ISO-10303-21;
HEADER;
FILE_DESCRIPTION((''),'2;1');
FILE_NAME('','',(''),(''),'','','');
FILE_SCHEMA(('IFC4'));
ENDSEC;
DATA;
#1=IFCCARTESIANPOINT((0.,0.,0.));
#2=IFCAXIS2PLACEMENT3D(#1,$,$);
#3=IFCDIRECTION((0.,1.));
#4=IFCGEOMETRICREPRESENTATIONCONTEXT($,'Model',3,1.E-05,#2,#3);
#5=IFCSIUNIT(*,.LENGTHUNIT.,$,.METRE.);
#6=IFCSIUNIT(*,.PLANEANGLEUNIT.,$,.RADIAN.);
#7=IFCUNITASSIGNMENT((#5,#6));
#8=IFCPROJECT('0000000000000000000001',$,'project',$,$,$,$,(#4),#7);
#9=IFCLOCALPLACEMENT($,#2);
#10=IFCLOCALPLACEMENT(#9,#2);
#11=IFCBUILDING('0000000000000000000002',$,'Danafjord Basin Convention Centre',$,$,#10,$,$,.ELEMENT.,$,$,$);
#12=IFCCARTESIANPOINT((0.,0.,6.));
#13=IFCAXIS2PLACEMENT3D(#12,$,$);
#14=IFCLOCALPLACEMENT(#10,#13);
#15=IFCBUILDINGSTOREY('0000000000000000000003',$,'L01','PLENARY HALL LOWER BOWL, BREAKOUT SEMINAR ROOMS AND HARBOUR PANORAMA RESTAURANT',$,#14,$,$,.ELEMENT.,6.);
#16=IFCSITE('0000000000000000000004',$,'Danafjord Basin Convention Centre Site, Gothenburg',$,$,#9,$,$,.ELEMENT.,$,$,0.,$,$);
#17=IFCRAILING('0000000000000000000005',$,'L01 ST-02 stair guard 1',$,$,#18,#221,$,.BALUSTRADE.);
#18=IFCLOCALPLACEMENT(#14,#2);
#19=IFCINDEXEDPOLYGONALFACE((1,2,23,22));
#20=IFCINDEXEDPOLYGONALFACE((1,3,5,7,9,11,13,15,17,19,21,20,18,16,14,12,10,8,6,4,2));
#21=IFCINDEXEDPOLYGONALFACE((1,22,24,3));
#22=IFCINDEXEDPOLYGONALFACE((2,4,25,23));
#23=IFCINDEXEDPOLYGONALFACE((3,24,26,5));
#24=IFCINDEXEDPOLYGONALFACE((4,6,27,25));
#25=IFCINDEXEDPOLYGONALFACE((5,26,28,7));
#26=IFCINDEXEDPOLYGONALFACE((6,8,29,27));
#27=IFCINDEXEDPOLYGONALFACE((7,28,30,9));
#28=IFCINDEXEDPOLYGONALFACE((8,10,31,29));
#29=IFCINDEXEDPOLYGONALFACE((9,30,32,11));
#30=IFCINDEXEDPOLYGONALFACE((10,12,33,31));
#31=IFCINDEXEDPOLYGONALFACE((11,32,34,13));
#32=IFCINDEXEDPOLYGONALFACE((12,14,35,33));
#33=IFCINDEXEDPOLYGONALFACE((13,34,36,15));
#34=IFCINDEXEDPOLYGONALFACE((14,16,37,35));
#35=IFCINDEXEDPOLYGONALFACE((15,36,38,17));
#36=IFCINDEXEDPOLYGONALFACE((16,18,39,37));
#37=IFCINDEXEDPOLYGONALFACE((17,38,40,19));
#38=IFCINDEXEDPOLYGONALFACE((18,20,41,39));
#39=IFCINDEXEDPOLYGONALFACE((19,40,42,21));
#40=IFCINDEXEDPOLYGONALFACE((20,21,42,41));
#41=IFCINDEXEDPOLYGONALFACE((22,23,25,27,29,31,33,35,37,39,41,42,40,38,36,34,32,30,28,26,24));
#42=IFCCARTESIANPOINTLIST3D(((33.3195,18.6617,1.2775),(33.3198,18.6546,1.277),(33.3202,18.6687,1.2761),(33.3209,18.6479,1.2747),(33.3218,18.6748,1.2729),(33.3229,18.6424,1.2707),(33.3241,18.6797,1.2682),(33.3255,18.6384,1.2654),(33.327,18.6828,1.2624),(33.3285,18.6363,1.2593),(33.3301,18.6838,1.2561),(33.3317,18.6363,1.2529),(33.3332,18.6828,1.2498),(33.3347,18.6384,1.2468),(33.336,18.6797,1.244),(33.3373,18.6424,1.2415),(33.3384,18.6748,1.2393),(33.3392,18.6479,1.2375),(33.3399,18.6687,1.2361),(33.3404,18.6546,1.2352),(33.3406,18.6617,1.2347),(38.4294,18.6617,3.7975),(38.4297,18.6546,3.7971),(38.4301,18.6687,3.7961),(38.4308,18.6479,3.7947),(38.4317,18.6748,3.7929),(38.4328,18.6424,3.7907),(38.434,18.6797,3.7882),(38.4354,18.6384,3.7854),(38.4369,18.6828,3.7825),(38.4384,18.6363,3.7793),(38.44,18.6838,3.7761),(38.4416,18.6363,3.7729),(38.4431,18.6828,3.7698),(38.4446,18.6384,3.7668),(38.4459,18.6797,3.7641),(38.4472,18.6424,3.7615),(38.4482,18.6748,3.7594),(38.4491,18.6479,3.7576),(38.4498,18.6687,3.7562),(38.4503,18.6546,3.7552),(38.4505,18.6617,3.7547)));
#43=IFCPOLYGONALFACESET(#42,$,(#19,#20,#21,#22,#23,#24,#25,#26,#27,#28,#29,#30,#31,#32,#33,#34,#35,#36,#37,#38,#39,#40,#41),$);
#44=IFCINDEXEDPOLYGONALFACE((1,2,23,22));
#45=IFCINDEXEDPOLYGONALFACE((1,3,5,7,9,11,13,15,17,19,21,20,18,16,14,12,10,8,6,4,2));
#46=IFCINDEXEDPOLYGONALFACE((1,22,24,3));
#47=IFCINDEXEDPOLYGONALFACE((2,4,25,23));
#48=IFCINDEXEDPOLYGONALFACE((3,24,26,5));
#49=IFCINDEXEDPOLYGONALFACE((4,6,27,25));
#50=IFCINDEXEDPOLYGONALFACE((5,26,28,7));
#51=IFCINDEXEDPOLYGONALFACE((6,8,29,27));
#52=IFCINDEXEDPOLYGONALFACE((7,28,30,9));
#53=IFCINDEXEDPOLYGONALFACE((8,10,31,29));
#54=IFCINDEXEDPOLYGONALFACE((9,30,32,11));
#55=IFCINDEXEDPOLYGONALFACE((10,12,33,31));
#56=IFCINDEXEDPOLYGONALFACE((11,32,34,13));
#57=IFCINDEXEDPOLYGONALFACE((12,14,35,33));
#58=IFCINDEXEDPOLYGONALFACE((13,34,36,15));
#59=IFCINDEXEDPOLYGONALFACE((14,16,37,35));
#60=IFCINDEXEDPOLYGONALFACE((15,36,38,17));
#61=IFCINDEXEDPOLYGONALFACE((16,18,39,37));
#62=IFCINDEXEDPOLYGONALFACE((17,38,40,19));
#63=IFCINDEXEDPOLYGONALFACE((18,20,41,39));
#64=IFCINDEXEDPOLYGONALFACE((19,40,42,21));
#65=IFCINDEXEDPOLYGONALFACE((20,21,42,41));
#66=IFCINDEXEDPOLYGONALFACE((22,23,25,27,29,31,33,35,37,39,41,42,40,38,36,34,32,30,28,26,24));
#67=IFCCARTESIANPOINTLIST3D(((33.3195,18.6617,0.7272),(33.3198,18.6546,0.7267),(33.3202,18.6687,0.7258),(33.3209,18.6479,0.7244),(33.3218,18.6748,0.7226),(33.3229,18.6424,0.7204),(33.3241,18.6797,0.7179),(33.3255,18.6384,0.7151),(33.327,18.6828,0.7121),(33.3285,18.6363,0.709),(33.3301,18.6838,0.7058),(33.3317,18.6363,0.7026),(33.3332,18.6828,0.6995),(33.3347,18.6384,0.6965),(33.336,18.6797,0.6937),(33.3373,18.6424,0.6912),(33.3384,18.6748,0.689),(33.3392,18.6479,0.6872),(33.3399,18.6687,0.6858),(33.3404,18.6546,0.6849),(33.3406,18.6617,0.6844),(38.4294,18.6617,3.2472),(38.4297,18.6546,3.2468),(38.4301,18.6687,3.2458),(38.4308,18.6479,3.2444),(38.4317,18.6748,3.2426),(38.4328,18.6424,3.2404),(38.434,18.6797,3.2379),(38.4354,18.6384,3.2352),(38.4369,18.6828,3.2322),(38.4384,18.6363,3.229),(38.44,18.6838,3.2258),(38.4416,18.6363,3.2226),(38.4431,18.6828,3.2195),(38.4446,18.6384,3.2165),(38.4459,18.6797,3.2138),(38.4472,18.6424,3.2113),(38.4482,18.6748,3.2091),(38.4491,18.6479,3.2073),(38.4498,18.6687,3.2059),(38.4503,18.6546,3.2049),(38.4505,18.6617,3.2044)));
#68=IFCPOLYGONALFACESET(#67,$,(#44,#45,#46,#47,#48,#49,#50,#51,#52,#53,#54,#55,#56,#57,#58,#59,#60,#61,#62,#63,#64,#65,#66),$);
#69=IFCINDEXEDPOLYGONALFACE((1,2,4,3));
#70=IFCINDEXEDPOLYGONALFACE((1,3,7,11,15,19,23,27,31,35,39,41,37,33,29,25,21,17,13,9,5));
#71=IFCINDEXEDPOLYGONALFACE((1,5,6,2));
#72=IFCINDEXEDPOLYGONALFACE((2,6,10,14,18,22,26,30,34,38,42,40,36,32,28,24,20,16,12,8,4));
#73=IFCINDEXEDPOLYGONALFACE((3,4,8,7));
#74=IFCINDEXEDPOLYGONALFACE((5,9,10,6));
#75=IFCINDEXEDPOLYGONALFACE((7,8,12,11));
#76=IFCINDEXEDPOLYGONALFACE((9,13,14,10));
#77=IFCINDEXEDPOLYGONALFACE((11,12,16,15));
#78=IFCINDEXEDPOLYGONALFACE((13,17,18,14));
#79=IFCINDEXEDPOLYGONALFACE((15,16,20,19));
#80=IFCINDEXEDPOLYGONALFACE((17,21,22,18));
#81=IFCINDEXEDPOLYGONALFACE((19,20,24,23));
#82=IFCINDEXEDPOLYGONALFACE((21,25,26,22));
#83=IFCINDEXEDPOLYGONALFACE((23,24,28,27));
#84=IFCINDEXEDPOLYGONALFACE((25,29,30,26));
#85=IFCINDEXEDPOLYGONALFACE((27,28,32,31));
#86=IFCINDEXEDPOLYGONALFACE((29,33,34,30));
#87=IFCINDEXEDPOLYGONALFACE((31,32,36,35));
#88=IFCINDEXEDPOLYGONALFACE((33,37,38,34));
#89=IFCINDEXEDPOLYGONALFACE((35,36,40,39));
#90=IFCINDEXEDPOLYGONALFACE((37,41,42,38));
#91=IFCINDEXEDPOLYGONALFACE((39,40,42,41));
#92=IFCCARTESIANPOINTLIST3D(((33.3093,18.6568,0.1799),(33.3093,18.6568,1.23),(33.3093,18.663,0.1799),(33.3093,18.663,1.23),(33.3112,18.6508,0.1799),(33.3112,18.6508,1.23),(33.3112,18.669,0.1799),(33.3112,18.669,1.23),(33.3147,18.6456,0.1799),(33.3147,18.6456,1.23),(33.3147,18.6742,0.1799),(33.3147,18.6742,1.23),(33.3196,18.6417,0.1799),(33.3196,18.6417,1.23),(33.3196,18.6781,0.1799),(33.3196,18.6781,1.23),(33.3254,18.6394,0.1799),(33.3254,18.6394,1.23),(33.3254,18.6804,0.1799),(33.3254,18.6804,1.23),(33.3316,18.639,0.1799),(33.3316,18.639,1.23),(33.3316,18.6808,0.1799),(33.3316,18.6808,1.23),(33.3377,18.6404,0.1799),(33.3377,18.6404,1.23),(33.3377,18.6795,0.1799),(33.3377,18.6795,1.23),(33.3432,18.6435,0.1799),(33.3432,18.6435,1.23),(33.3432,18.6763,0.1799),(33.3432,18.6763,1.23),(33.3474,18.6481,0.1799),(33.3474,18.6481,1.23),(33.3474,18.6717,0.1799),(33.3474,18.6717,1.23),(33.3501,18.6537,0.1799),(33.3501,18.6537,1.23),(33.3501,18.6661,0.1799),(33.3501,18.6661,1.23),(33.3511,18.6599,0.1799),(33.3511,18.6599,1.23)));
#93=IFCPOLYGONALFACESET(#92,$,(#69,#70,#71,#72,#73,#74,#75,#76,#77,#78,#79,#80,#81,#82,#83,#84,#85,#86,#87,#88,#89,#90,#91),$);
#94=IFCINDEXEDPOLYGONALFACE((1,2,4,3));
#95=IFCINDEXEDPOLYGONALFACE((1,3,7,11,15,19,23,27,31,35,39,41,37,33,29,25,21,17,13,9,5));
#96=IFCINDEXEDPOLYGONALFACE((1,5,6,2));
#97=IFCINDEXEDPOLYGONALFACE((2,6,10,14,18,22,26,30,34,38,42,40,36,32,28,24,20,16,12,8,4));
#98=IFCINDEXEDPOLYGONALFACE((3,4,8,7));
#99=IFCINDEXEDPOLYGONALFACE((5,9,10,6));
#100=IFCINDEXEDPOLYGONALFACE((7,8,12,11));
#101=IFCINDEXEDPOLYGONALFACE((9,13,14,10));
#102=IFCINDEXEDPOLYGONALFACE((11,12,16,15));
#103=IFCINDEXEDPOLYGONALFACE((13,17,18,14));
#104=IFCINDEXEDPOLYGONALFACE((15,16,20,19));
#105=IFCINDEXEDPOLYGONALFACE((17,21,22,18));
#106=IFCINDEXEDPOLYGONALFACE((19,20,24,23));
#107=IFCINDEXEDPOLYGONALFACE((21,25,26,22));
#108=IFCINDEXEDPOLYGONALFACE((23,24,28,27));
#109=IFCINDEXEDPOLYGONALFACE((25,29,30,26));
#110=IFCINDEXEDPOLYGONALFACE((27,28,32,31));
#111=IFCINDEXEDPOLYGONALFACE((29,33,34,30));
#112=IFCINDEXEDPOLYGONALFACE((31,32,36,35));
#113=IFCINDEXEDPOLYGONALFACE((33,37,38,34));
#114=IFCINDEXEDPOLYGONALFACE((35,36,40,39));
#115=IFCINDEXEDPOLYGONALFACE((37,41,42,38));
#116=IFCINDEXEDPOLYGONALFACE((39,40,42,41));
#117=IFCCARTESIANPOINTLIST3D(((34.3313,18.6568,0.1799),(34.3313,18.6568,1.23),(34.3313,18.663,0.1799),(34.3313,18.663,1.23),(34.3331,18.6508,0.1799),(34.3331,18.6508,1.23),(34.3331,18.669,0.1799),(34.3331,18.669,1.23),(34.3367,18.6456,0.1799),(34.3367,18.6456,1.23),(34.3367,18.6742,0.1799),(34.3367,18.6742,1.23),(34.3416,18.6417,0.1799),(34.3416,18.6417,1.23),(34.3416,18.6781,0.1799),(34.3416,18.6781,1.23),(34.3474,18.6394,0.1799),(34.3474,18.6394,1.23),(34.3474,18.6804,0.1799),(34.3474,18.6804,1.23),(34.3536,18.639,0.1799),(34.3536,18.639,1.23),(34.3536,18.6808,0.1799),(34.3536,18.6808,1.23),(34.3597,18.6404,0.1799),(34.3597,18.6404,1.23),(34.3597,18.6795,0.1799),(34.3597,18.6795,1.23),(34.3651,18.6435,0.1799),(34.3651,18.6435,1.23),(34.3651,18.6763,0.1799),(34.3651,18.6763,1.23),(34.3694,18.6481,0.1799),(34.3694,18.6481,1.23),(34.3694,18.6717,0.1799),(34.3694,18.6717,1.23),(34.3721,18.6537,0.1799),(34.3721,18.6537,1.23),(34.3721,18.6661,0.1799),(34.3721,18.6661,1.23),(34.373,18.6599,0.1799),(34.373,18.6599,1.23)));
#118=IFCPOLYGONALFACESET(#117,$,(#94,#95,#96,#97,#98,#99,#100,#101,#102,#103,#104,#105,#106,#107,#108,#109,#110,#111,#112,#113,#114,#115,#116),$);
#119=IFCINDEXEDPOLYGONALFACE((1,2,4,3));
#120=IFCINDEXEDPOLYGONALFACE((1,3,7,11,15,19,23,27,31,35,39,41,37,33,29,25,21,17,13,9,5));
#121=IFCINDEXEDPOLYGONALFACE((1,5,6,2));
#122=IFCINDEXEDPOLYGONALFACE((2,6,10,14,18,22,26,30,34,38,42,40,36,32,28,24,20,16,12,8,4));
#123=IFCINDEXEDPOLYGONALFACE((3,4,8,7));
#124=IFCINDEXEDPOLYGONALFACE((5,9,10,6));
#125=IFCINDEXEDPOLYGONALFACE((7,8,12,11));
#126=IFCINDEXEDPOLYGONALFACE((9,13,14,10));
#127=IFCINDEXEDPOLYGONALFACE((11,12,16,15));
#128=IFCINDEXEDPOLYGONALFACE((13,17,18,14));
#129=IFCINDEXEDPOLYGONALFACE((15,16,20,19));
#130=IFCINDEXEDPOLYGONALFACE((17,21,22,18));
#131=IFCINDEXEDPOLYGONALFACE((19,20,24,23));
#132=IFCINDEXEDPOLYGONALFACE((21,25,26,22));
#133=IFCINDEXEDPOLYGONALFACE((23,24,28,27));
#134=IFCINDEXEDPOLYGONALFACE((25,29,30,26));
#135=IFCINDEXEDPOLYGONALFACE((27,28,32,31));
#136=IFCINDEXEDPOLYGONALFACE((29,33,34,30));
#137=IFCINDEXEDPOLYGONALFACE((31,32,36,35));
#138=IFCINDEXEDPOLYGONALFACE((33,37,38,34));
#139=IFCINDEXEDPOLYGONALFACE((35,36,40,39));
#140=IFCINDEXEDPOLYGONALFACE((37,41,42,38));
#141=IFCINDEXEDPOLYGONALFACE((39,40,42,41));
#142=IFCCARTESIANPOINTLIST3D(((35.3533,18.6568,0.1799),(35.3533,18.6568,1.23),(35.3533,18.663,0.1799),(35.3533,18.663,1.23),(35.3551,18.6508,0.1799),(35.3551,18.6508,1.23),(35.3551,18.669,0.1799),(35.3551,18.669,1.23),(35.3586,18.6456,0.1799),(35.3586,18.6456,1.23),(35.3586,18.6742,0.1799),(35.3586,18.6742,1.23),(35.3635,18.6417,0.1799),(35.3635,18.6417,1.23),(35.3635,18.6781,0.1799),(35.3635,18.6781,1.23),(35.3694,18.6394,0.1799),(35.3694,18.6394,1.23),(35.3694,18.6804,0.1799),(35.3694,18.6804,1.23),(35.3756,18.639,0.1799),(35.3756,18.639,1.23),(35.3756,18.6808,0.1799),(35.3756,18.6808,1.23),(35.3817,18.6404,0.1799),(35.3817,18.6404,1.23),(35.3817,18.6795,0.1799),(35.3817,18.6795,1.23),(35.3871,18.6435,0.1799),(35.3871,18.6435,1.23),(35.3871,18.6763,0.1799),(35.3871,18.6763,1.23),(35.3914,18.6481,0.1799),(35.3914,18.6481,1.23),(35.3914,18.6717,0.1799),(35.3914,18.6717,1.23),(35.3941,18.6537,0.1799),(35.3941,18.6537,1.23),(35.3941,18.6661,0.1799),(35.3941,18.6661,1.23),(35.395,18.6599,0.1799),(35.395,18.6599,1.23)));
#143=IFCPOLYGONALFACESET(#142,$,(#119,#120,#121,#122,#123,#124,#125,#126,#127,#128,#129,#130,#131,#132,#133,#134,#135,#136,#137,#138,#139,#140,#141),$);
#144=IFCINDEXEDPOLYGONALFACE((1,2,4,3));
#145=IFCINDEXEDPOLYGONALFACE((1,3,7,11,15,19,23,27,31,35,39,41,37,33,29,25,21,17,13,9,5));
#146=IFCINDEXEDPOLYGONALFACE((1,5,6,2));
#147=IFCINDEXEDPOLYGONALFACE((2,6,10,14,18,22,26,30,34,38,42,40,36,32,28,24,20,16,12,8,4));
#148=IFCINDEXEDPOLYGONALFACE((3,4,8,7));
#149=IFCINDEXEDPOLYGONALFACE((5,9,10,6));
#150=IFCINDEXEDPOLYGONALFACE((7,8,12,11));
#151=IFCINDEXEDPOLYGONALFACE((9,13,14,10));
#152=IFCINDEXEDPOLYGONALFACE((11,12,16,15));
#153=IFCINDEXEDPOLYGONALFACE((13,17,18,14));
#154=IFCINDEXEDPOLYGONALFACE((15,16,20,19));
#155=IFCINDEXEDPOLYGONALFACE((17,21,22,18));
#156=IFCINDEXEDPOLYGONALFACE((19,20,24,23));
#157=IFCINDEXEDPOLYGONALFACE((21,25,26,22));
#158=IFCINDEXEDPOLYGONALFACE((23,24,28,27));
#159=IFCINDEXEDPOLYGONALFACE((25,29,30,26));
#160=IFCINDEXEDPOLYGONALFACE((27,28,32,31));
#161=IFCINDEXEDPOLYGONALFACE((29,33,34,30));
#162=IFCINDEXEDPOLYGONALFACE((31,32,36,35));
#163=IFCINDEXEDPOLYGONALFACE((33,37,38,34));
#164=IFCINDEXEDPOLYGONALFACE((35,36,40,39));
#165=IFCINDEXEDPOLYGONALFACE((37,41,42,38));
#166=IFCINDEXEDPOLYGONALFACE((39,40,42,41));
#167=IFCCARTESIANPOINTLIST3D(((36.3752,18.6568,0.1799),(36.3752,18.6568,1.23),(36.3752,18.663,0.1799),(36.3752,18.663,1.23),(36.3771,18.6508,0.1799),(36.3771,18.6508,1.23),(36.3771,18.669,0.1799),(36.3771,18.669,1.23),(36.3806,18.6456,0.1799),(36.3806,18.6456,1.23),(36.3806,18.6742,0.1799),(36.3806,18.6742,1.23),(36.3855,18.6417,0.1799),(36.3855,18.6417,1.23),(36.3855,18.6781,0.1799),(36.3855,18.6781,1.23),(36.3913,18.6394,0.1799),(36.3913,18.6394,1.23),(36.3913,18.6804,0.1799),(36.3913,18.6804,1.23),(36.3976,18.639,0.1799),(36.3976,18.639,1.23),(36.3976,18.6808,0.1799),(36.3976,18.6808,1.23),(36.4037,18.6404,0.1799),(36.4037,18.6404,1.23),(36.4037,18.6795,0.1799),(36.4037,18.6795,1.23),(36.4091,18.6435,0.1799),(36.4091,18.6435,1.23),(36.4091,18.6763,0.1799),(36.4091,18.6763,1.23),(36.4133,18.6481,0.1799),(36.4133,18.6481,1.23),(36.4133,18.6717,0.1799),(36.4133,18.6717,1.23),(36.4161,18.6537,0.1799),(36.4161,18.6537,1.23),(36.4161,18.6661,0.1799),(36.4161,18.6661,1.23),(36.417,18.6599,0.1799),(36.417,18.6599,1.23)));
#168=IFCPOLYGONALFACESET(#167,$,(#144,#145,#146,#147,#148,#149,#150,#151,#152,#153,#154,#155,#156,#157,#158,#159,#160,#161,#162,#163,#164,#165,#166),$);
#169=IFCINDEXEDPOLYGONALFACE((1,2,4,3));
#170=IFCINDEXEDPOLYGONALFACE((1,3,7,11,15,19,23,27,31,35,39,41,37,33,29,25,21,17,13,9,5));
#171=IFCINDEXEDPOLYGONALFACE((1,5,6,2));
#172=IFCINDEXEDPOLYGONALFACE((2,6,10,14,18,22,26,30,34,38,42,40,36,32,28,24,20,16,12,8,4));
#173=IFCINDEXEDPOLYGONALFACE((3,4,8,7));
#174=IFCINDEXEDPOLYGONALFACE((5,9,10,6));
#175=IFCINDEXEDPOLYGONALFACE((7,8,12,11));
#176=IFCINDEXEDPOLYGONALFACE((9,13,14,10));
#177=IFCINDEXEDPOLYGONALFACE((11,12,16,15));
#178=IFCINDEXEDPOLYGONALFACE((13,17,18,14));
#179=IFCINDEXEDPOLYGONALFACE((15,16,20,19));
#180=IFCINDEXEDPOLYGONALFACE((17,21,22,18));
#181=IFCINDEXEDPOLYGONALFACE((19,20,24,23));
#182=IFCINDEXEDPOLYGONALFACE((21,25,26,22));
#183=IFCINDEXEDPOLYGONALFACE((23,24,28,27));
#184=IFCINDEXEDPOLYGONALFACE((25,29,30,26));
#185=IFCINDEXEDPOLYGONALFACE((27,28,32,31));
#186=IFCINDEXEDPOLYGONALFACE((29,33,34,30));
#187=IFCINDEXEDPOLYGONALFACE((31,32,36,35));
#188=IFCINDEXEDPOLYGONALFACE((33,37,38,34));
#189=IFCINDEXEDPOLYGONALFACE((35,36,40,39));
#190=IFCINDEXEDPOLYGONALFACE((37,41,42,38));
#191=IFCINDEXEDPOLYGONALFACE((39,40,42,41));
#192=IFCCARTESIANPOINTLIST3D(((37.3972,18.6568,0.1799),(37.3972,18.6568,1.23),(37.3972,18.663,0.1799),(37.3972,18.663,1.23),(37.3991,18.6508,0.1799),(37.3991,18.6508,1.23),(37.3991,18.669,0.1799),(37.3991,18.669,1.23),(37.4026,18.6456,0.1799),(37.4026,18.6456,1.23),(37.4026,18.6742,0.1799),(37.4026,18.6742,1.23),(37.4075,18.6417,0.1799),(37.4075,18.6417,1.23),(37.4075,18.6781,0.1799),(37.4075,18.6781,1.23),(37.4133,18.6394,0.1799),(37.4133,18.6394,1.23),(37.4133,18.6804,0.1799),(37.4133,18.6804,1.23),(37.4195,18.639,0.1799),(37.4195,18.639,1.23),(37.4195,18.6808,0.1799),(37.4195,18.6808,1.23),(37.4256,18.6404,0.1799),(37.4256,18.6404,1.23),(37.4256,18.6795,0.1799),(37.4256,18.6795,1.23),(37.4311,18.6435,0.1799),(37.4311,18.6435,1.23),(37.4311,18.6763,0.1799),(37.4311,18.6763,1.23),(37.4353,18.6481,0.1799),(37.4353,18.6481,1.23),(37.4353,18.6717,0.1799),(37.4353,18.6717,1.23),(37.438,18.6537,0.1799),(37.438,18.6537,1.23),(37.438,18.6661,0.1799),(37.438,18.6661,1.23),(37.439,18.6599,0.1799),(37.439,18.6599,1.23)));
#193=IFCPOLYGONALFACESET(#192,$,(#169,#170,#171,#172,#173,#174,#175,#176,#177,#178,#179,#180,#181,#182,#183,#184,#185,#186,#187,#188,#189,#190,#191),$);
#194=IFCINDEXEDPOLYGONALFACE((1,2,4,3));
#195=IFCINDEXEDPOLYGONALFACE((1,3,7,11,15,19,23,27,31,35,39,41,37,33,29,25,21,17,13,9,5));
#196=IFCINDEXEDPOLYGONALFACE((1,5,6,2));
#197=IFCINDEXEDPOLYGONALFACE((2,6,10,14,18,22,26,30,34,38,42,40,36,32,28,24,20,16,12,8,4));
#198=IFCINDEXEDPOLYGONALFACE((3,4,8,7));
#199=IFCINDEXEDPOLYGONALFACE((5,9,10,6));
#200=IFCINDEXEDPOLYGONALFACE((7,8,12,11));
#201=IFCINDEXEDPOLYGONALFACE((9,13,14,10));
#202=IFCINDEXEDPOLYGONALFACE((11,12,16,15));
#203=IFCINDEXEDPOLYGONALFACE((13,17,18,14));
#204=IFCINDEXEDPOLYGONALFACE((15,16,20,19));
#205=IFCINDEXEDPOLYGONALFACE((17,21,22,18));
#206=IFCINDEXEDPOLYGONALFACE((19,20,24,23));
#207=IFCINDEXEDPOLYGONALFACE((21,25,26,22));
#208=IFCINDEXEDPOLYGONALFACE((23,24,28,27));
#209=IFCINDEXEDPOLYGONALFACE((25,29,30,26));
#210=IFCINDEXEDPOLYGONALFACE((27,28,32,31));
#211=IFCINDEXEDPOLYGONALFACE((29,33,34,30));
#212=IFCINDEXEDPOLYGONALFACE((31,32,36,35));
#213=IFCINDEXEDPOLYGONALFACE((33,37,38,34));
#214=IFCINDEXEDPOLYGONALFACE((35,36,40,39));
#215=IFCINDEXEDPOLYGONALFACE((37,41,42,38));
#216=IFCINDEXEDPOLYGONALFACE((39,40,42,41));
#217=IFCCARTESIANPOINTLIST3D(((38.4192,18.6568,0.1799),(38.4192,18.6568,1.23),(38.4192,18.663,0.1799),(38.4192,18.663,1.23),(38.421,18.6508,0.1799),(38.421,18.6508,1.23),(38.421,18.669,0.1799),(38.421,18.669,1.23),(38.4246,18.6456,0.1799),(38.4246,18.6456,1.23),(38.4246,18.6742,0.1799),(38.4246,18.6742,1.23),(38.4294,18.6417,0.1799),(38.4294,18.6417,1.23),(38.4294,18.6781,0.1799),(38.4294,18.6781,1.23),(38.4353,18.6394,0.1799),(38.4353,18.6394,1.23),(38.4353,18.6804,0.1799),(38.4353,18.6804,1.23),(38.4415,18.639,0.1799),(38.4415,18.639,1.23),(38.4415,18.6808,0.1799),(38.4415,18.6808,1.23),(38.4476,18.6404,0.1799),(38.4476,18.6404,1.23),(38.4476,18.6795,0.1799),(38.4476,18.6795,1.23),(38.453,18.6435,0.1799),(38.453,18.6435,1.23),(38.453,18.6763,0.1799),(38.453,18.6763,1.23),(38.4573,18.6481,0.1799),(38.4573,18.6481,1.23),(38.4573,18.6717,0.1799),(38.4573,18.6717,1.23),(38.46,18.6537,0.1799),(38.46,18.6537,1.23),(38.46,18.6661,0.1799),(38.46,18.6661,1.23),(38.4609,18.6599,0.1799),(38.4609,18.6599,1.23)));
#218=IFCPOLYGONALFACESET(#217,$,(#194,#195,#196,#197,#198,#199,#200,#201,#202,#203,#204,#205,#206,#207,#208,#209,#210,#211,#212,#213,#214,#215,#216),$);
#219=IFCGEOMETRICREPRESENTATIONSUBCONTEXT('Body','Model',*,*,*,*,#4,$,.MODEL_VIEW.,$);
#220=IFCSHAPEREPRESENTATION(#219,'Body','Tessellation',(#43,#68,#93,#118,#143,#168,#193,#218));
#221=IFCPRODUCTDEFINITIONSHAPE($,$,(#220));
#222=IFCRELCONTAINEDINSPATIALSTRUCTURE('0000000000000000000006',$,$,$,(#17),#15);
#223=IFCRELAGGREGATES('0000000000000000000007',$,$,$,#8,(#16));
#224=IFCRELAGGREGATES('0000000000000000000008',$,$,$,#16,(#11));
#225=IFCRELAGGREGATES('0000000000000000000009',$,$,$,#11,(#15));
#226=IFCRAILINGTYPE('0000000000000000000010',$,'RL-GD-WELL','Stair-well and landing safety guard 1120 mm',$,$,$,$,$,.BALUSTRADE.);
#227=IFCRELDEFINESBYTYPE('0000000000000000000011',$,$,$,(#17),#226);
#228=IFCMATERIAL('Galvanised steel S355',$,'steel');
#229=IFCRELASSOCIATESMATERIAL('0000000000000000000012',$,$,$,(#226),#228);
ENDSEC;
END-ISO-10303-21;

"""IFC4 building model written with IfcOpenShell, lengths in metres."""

from ifc_helpers import new_model, si_unit, direction, frame, origin, origin_2d, place, context, subcontext, project, spatial, circle, extrude, material, type_object, element, save


model = new_model("IFC4")

# Units and contexts
model_context = context("Model", 3, precision=1e-05, world=origin(), true_north=direction((0.0, 1.0)))
body_context = subcontext(model_context, "Body", "Model", "MODEL_VIEW")
ifc_project = project(units=[si_unit("LENGTHUNIT", "METRE"), si_unit("PLANEANGLEUNIT", "RADIAN")], contexts=[model_context])

# Site, building, storey
site_placement = place(None, origin())
site = spatial("IfcSite", under=ifc_project, at=site_placement, Name="Danafjord Basin Convention Centre Site, Gothenburg", CompositionType="ELEMENT", RefElevation=0.0)
building_placement = place(site_placement, origin())
building = spatial("IfcBuilding", under=site, at=building_placement, Name="Danafjord Basin Convention Centre", CompositionType="ELEMENT")
storey_placement = place(building_placement, frame((0.0, 0.0, 6.0)))
storey = spatial("IfcBuildingStorey", under=building, at=storey_placement, Name="L01", Description="PLENARY HALL LOWER BOWL, BREAKOUT SEMINAR ROOMS AND HARBOUR PANORAMA RESTAURANT", CompositionType="ELEMENT", Elevation=6.0)

# Railing
ifc_material_1 = material(Name="Galvanised steel S355", Category="steel")
railing_type_1 = type_object("IfcRailingType", Name="RL-GD-WELL", Description="Stair-well and landing safety guard 1120 mm", PredefinedType="BALUSTRADE", material=ifc_material_1)
railing_1_placement = place(storey_placement, frame((33.3301, 18.6599, 0.1799)))
element("IfcRailing", 1, at=railing_1_placement, inside=storey, type_object=railing_type_1, Name="L01 ST-02 stair guard 1", PredefinedType="BALUSTRADE", context=body_context, shape_type="SweptSolid", body=[
    extrude(circle(Radius=0.0239, at=origin_2d()), frame((0.0, 0.0, 1.0762), z_axis=(0.896865, 0.0, 0.442305), x_axis=(0.0, 1.0, 0.0)), (0.0, 0.0, 1.0), 5.6975),
    extrude(circle(Radius=0.0239, at=origin_2d()), frame((0.0, 0.0, 0.5259), z_axis=(0.896865, 0.0, 0.442305), x_axis=(0.0, 1.0, 0.0)), (0.0, 0.0, 1.0), 5.6975),
    extrude(circle(Radius=0.021, at=origin_2d()), origin(), (0.0, 0.0, 1.0), 1.05),
    extrude(circle(Radius=0.021, at=origin_2d()), frame((1.022, 0.0, 0.0)), (0.0, 0.0, 1.0), 1.05),
    extrude(circle(Radius=0.021, at=origin_2d()), frame((2.0439, 0.0, 0.0)), (0.0, 0.0, 1.0), 1.05),
    extrude(circle(Radius=0.021, at=origin_2d()), frame((3.0659, 0.0, 0.0)), (0.0, 0.0, 1.0), 1.05),
    extrude(circle(Radius=0.021, at=origin_2d()), frame((4.0879, 0.0, 0.0)), (0.0, 0.0, 1.0), 1.05),
    extrude(circle(Radius=0.021, at=origin_2d()), frame((5.1099, 0.0, 0.0)), (0.0, 0.0, 1.0), 1.05),
])

save(model, "model.ifc")
